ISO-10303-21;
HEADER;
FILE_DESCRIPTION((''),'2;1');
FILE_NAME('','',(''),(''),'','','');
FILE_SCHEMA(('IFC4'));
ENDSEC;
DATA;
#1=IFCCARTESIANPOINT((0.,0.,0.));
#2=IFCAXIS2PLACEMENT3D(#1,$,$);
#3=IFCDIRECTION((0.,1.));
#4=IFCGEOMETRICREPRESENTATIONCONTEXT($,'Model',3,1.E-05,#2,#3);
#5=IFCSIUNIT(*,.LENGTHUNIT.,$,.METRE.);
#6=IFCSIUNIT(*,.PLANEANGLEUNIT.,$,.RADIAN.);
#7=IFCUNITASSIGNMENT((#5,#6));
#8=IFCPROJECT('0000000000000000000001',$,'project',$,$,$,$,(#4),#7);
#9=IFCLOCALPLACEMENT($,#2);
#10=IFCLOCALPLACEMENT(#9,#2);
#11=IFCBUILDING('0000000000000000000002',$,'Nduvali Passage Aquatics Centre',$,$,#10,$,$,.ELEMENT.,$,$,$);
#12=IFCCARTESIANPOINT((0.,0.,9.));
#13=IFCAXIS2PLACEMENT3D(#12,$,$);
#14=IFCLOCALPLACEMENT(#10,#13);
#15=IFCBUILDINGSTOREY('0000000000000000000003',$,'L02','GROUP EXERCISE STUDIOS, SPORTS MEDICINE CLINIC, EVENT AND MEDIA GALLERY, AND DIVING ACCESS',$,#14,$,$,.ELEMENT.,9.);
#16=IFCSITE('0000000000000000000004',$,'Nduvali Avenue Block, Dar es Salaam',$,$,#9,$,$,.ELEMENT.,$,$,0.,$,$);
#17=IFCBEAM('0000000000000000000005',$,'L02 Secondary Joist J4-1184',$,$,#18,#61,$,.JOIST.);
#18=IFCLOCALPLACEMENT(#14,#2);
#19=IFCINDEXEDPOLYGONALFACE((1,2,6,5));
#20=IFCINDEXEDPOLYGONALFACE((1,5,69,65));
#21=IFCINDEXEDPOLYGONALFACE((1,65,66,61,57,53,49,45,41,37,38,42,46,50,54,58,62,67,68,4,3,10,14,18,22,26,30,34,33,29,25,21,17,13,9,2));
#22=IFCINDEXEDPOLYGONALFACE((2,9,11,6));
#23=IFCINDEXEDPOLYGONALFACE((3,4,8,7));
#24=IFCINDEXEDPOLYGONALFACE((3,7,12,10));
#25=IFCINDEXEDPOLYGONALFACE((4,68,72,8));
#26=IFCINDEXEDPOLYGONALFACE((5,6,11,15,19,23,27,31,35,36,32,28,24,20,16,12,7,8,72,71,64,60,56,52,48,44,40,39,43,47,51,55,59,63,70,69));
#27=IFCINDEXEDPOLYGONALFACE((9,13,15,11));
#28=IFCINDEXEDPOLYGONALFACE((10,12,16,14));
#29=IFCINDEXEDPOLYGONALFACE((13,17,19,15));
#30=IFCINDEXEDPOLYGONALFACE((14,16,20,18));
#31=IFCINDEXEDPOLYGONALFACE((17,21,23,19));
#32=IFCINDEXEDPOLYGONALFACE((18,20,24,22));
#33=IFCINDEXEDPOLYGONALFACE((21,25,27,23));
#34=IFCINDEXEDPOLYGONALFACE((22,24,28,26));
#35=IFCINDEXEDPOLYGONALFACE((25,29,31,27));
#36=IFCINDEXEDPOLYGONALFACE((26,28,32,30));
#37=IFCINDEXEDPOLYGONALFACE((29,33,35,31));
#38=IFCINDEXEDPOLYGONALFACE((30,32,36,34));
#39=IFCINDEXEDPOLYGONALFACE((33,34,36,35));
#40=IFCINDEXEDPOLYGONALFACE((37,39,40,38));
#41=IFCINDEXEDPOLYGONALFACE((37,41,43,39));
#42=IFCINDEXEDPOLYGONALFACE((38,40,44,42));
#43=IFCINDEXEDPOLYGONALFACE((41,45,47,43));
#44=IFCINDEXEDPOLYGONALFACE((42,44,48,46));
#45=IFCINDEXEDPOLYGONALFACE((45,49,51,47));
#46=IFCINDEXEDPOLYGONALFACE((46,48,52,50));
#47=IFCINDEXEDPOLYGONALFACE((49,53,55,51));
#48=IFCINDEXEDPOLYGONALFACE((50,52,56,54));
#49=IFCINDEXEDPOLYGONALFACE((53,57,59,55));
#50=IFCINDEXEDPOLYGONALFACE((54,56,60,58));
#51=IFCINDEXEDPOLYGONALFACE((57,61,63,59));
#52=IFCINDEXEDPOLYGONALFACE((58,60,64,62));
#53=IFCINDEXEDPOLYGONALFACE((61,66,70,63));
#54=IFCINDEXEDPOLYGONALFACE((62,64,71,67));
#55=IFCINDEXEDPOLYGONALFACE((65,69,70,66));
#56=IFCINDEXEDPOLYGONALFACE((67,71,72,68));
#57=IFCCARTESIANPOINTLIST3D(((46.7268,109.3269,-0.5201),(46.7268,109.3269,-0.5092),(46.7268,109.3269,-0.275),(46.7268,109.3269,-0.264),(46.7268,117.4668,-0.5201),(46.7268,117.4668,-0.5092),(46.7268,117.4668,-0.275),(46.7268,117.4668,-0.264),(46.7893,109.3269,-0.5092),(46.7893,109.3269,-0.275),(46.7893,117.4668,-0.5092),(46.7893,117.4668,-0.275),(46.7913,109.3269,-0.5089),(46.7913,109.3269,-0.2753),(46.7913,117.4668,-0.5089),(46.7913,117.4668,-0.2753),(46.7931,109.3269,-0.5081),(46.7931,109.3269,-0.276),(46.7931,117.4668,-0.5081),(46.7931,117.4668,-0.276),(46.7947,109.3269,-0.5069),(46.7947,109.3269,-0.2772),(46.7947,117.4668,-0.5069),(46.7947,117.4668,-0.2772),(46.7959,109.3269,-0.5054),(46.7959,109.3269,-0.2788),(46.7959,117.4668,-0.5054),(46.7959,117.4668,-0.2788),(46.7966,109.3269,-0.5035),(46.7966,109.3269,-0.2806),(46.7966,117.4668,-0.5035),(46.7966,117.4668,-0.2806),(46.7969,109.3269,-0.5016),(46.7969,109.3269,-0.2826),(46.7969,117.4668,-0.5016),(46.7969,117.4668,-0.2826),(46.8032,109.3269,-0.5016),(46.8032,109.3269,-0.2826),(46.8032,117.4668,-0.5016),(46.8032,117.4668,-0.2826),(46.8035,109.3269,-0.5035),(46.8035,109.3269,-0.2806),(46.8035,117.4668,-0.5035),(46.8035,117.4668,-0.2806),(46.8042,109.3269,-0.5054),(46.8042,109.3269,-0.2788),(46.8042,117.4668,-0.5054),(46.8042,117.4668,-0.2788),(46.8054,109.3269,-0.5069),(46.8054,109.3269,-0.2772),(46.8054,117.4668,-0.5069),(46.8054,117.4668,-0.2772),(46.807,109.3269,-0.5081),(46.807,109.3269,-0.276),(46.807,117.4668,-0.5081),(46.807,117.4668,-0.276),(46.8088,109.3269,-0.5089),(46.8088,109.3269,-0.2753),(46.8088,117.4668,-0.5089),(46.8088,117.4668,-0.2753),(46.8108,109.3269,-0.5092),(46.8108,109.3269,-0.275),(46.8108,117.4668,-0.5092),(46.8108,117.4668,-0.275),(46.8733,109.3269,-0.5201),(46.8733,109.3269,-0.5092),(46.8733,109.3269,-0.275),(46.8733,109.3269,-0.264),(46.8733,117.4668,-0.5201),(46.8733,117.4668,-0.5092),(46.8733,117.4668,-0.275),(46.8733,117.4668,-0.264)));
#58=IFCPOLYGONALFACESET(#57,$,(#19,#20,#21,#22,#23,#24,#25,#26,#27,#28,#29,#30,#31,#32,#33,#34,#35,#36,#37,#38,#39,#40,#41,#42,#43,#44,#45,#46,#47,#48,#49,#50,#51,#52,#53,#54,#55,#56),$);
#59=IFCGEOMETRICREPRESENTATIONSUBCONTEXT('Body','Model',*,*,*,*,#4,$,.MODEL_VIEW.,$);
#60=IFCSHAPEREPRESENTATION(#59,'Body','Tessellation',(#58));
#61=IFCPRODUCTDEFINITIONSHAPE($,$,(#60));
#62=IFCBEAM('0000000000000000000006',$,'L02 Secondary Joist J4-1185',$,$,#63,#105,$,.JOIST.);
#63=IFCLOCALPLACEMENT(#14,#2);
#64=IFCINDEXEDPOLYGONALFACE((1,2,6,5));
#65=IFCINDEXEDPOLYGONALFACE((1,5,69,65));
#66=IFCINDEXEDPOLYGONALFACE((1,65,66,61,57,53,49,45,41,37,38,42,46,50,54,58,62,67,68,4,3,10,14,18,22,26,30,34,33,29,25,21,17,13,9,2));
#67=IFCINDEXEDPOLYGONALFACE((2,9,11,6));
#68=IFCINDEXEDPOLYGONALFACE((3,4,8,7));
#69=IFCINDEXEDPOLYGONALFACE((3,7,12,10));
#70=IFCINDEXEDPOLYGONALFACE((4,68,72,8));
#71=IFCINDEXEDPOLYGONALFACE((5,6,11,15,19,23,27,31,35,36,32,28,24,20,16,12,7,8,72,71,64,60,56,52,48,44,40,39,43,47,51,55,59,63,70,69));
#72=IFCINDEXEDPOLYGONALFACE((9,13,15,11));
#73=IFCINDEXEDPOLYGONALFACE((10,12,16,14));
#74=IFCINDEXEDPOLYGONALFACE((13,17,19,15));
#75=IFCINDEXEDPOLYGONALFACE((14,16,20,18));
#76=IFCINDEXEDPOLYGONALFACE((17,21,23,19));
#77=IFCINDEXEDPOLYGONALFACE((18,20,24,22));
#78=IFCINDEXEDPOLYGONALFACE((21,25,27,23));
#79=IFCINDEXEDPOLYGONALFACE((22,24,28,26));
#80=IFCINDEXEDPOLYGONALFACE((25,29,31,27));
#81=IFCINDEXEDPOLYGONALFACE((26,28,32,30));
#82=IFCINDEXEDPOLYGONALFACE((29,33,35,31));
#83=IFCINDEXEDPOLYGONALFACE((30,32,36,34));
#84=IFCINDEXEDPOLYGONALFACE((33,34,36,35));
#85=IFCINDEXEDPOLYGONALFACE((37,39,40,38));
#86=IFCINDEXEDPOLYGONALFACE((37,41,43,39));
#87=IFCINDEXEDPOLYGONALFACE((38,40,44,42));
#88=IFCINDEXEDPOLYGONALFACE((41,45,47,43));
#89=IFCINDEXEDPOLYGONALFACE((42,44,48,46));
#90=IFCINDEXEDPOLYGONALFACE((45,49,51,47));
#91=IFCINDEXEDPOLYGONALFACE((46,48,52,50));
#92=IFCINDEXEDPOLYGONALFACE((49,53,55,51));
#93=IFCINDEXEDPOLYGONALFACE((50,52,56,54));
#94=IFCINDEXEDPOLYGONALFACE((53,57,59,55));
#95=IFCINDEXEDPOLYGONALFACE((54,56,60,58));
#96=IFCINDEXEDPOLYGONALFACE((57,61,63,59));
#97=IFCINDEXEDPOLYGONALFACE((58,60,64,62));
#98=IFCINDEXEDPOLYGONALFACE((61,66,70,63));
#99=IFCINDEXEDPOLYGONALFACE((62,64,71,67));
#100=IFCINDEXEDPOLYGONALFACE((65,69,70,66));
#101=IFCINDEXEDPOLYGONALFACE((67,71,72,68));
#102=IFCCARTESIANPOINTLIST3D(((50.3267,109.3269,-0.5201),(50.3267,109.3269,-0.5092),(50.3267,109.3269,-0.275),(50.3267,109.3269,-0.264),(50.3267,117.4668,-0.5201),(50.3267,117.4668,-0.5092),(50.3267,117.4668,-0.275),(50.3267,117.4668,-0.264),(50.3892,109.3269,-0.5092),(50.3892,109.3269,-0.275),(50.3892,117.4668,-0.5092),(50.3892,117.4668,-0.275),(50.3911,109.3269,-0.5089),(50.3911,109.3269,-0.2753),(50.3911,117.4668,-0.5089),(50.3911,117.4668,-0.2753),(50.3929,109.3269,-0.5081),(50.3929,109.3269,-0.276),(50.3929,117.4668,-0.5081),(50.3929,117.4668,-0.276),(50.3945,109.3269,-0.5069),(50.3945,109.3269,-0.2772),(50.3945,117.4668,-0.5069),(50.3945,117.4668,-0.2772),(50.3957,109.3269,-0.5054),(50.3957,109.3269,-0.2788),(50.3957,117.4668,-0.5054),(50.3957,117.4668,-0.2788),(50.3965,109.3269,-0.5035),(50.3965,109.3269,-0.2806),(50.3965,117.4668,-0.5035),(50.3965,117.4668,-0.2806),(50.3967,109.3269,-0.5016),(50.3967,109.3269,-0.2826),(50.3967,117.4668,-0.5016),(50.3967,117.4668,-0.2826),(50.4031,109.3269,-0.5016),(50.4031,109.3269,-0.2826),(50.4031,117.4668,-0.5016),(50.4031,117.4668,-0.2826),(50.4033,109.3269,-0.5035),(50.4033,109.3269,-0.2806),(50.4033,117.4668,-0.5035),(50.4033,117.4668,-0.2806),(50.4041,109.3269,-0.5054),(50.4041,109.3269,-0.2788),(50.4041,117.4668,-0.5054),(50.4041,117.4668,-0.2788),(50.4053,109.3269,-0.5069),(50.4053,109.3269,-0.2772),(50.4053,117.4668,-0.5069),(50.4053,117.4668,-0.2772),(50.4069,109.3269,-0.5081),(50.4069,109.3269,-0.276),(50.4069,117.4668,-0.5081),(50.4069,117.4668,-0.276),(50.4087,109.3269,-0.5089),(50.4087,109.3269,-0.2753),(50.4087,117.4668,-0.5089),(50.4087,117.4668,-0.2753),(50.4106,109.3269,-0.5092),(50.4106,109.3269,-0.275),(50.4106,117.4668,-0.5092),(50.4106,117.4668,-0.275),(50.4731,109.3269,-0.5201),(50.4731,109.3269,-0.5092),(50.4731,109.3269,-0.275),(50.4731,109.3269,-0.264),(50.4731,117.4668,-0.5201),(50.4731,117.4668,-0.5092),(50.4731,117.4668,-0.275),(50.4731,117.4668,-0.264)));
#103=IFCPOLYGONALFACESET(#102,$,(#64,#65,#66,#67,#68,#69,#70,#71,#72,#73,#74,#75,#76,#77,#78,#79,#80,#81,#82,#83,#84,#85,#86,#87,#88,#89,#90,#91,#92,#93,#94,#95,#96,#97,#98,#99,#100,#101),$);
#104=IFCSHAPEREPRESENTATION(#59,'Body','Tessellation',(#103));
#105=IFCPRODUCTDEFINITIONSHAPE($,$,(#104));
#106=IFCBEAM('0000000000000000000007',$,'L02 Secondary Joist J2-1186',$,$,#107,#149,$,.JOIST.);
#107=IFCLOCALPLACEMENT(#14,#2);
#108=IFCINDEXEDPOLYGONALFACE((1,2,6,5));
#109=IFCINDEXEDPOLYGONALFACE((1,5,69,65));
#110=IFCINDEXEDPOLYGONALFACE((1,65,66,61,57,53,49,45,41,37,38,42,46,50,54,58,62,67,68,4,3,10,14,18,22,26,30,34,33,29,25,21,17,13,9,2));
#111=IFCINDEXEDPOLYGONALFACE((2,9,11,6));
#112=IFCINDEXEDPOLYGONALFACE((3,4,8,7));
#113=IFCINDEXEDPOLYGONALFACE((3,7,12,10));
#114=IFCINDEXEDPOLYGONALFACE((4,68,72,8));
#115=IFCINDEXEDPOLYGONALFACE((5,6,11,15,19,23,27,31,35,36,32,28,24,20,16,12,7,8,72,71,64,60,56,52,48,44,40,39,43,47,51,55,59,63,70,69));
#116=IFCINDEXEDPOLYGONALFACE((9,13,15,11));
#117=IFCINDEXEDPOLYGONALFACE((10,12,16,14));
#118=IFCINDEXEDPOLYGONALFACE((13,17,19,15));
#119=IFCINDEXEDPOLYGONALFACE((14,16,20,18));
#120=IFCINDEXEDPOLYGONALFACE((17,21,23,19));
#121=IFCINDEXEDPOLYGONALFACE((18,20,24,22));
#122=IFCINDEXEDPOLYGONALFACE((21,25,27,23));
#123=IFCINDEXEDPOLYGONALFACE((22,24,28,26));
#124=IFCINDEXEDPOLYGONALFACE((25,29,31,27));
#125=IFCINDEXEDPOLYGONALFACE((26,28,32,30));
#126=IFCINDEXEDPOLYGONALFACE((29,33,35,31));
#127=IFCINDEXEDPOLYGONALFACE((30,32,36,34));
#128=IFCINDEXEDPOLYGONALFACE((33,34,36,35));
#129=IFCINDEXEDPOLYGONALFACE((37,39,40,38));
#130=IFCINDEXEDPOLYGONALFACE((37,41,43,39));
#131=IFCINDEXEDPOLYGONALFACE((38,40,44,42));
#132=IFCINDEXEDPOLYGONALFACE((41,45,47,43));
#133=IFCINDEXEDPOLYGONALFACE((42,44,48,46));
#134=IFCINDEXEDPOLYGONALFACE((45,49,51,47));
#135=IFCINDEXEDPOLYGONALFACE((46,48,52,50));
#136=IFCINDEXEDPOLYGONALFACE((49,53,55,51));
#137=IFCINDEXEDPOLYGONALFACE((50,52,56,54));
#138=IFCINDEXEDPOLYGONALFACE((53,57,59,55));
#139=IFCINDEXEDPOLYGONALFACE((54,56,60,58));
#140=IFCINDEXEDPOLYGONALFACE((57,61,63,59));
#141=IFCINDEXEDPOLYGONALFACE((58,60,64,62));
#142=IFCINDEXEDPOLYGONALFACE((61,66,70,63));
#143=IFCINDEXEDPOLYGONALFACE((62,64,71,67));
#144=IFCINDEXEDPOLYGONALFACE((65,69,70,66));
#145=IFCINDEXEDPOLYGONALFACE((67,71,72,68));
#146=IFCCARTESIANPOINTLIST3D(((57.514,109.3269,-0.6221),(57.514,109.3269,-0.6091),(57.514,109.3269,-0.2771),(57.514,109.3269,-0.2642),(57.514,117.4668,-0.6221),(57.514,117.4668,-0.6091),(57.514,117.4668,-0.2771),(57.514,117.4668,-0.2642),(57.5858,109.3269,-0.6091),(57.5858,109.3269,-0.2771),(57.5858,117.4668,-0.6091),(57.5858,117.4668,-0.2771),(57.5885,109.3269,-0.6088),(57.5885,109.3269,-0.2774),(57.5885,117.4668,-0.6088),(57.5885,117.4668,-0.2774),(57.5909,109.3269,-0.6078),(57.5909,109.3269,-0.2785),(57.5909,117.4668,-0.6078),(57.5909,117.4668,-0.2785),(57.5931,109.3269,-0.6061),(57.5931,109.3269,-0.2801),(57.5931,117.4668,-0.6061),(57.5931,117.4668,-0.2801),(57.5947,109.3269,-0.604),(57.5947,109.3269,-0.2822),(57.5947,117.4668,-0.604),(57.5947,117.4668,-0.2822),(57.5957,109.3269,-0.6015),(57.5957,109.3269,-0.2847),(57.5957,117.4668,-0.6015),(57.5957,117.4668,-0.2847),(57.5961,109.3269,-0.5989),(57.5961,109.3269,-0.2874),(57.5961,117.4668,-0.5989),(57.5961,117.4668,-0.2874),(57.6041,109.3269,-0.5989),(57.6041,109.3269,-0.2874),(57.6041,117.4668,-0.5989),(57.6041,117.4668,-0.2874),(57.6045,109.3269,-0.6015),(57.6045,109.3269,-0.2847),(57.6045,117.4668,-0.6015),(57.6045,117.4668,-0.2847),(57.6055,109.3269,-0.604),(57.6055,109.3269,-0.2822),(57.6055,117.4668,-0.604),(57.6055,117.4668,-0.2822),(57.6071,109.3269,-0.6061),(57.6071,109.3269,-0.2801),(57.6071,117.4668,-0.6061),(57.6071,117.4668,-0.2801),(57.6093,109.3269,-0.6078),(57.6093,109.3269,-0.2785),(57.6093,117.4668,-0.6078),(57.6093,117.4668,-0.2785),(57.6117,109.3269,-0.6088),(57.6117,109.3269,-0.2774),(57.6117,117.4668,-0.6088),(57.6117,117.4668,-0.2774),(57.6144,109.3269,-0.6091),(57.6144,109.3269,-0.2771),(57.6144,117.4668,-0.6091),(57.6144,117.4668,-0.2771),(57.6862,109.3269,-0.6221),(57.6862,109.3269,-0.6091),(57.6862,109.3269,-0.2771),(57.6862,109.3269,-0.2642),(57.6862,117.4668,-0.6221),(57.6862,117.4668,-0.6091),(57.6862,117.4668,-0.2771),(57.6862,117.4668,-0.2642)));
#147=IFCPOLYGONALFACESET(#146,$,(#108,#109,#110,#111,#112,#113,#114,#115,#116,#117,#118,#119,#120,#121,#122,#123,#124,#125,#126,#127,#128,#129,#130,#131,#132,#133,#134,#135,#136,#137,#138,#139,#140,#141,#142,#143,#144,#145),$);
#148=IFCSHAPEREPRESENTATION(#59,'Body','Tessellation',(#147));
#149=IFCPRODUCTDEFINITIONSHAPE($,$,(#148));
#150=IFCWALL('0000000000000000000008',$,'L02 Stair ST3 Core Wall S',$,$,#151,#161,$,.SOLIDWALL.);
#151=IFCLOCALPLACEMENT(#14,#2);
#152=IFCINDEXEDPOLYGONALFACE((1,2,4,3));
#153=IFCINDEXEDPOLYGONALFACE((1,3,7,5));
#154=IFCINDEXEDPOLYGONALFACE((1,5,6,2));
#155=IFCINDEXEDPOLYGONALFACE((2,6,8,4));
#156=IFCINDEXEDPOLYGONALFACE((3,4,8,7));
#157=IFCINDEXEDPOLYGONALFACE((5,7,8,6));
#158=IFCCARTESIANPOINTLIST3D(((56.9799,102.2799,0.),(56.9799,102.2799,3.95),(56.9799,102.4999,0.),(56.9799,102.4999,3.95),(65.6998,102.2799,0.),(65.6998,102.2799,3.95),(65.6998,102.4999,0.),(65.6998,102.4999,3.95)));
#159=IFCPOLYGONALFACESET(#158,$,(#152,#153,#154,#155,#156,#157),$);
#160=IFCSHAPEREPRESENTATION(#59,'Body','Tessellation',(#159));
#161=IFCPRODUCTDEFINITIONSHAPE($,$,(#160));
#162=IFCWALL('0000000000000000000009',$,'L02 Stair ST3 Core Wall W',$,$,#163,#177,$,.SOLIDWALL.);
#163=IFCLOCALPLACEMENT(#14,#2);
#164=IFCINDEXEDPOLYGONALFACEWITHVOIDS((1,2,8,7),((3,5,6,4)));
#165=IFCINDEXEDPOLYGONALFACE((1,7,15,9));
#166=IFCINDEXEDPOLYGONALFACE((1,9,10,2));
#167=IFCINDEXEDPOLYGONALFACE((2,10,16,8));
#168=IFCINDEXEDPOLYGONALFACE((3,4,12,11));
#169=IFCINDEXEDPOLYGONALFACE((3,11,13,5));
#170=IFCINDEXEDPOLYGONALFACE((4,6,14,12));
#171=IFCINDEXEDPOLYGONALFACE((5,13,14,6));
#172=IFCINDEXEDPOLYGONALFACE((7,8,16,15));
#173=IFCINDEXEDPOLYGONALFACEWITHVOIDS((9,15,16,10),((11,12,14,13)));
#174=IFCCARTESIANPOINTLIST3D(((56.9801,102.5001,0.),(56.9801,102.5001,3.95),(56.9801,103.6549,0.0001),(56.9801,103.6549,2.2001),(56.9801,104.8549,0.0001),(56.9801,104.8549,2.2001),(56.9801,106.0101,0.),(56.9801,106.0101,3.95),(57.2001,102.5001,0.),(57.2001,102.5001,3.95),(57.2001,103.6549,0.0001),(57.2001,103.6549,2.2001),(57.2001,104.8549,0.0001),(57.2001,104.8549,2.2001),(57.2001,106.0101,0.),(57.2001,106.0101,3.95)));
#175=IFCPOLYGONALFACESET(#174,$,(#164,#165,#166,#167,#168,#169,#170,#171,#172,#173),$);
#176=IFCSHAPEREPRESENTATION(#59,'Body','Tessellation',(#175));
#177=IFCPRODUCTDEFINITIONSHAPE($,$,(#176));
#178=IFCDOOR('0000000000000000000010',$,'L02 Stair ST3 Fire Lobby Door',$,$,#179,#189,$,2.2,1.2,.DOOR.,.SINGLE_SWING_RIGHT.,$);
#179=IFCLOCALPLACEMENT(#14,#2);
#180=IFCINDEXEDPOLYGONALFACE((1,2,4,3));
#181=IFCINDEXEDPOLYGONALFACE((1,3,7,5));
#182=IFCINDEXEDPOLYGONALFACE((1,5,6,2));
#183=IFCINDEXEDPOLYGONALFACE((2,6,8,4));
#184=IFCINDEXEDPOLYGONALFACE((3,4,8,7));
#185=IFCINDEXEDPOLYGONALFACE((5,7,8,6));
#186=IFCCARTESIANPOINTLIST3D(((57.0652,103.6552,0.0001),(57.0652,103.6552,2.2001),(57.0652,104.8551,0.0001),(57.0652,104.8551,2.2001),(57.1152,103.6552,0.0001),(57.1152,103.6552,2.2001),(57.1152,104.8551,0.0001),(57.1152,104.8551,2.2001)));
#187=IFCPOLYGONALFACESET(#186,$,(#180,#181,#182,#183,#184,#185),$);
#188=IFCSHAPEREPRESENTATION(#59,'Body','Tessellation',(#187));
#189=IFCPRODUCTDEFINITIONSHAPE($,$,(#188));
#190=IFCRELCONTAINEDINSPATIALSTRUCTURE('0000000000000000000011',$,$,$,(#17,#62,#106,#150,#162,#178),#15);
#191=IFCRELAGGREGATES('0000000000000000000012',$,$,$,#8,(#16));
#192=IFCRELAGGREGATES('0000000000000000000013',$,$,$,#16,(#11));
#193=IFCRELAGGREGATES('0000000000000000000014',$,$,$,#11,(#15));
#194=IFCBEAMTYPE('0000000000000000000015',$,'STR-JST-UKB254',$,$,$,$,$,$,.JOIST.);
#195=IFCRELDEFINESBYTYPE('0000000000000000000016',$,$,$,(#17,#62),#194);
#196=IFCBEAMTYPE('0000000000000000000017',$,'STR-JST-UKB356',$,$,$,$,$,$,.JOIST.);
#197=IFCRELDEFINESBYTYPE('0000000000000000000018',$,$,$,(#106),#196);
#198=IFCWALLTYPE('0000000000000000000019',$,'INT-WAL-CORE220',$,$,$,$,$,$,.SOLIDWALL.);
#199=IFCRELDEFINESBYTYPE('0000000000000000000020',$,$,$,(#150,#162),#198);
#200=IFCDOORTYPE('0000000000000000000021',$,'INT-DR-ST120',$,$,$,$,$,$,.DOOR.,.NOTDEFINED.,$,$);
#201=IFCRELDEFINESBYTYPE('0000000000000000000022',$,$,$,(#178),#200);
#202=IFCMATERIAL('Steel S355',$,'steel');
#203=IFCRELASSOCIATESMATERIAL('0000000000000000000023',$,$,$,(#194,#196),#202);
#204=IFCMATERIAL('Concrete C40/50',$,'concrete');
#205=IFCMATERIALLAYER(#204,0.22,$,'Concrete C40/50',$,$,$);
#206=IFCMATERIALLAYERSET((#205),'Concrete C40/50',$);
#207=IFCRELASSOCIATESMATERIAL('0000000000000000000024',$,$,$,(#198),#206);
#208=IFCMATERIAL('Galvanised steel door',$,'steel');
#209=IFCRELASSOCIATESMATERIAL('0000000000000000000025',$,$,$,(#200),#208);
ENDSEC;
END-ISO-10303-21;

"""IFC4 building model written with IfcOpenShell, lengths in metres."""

from ifc_helpers import new_model, si_unit, direction, frame, frame_2d, origin, origin_2d, place, context, subcontext, project, spatial, rectangle, i_section, extrude, material, layer, layer_set, material_profile, profile_set, type_object, element, fill, save


model = new_model("IFC4")

# Units and contexts
model_context = context("Model", 3, precision=1e-05, world=origin(), true_north=direction((0.0, 1.0)))
body_context = subcontext(model_context, "Body", "Model", "MODEL_VIEW")
ifc_project = project(units=[si_unit("LENGTHUNIT", "METRE"), si_unit("PLANEANGLEUNIT", "RADIAN")], contexts=[model_context])

# Site, building, storey
site_placement = place(None, origin())
site = spatial("IfcSite", under=ifc_project, at=site_placement, Name="Nduvali Avenue Block, Dar es Salaam", CompositionType="ELEMENT", RefElevation=0.0)
building_placement = place(site_placement, origin())
building = spatial("IfcBuilding", under=site, at=building_placement, Name="Nduvali Passage Aquatics Centre", CompositionType="ELEMENT")
storey_placement = place(building_placement, frame((0.0, 0.0, 9.0)))
storey = spatial("IfcBuildingStorey", under=building, at=storey_placement, Name="L02", Description="GROUP EXERCISE STUDIOS, SPORTS MEDICINE CLINIC, EVENT AND MEDIA GALLERY, AND DIVING ACCESS", CompositionType="ELEMENT", Elevation=9.0)

# Shared definitions
ifc_material_1 = material(Name="Steel S355", Category="steel")

# Beams
ifc_material_profile_1 = material_profile(ifc_material_1, i_section(OverallWidth=0.1465, OverallDepth=0.2561, WebThickness=0.0063, FlangeThickness=0.011, FilletRadius=0.0076, at=origin_2d()), Name="UKB 254x146x37")
ifc_profile_set_1 = profile_set([ifc_material_profile_1], Name="Steel S355")
beam_type_1 = type_object("IfcBeamType", Name="STR-JST-UKB254", PredefinedType="JOIST", material=ifc_profile_set_1)
for number, where, z_axis, x_axis, name in (
    (1, (46.8, 109.3269, -0.3921), (0.0, 1.0, 0.0), (-1.0, 0.0, 0.0), "L02 Secondary Joist J4-1184"),
    (2, (50.3999, 109.3269, -0.3921), (0.0, 1.0, 0.0), (-1.0, 0.0, 0.0), "L02 Secondary Joist J4-1185"),
):
    element("IfcBeam", number, at=place(storey_placement, frame(where, z_axis=z_axis, x_axis=x_axis)), inside=storey, type_object=beam_type_1, Name=name, PredefinedType="JOIST", context=body_context, shape_type="SweptSolid", body=[
        extrude(i_section(OverallWidth=0.1465, OverallDepth=0.2561, WebThickness=0.0063, FlangeThickness=0.011, FilletRadius=0.0076, at=origin_2d()), origin(), (0.0, 0.0, 1.0), 8.1399),
    ])
ifc_material_profile_2 = material_profile(ifc_material_1, i_section(OverallWidth=0.1721, OverallDepth=0.3579, WebThickness=0.0081, FlangeThickness=0.0129, FilletRadius=0.0103, at=origin_2d()), Name="UKB 356x171x57")
ifc_profile_set_2 = profile_set([ifc_material_profile_2], Name="Steel S355")
beam_type_2 = type_object("IfcBeamType", Name="STR-JST-UKB356", PredefinedType="JOIST", material=ifc_profile_set_2)
beam_1_placement = place(storey_placement, frame((57.6001, 109.3269, -0.4431), z_axis=(0.0, 1.0, 0.0), x_axis=(-1.0, 0.0, 0.0)))
element("IfcBeam", 3, at=beam_1_placement, inside=storey, type_object=beam_type_2, Name="L02 Secondary Joist J2-1186", PredefinedType="JOIST", context=body_context, shape_type="SweptSolid", body=[
    extrude(i_section(OverallWidth=0.1721, OverallDepth=0.3579, WebThickness=0.0081, FlangeThickness=0.0129, FilletRadius=0.0103, at=origin_2d()), origin(), (0.0, 0.0, 1.0), 8.1399),
])

# Wall
ifc_material_2 = material(Name="Concrete C40/50", Category="concrete")
ifc_layer_1 = layer(ifc_material_2, 0.22, Name="Concrete C40/50")
ifc_layer_set_1 = layer_set([ifc_layer_1], Name="Concrete C40/50")
wall_type_1 = type_object("IfcWallType", Name="INT-WAL-CORE220", PredefinedType="SOLIDWALL", material=ifc_layer_set_1)
wall_1_placement = place(storey_placement, frame((56.98, 102.3899, 0.0), z_axis=(0.0, 0.0, 1.0), x_axis=(1.0, 0.0, 0.0)))
element("IfcWall", 4, at=wall_1_placement, inside=storey, type_object=wall_type_1, Name="L02 Stair ST3 Core Wall S", PredefinedType="SOLIDWALL", context=body_context, shape_type="SweptSolid", body=[
    extrude(rectangle(XDim=8.72, YDim=0.22, at=frame_2d((4.3599, 0.0))), origin(), (0.0, 0.0, 1.0), 3.95),
])

# Wall, opening, door
wall_2_placement = place(storey_placement, frame((57.0901, 106.01, 0.0), z_axis=(0.0, 0.0, 1.0), x_axis=(0.0, -1.0, 0.0)))
wall_2 = element("IfcWall", 5, at=wall_2_placement, inside=storey, type_object=wall_type_1, Name="L02 Stair ST3 Core Wall W", PredefinedType="SOLIDWALL", context=body_context, shape_type="SweptSolid", body=[
    extrude(rectangle(XDim=3.51, YDim=0.22, at=frame_2d((1.7549, 0.0))), origin(), (0.0, 0.0, 1.0), 3.95),
])
opening_1_placement = place(wall_2_placement, frame((1.155, 0.0, 0.0)))
opening_1 = element("IfcOpeningElement", 6, at=opening_1_placement, cuts=wall_2, PredefinedType="OPENING", context=body_context, shape_type="SweptSolid", body=[
    extrude(rectangle(XDim=1.2, YDim=2.2, at=frame_2d((0.6001, 1.1001))), frame((0.0, 0.125, 0.0), z_axis=(0.0, -1.0, 0.0), x_axis=(1.0, 0.0, 0.0)), (0.0, 0.0, 1.0), 0.2498),
])
ifc_material_3 = material(Name="Galvanised steel door", Category="steel")
door_type_1 = type_object("IfcDoorType", Name="INT-DR-ST120", OperationType="NOTDEFINED", PredefinedType="DOOR", material=ifc_material_3)
door_1_placement = place(opening_1_placement, frame((1.2, 0.0, 0.0), z_axis=(0.0, 0.0, 1.0), x_axis=(-1.0, 0.0, 0.0)))
door_1 = element("IfcDoor", 7, at=door_1_placement, inside=storey, type_object=door_type_1, Name="L02 Stair ST3 Fire Lobby Door", OperationType="SINGLE_SWING_RIGHT", OverallHeight=2.2, OverallWidth=1.2, PredefinedType="DOOR", context=body_context, shape_type="SweptSolid", body=[
    extrude(rectangle(XDim=1.2, YDim=2.2, at=frame_2d((0.6001, 1.1001))), frame((0.0, 0.0249, 0.0), z_axis=(0.0, -1.0, 0.0), x_axis=(1.0, 0.0, 0.0)), (0.0, 0.0, 1.0), 0.05),
])
fill(opening_1, door_1)

save(model, "model.ifc")
